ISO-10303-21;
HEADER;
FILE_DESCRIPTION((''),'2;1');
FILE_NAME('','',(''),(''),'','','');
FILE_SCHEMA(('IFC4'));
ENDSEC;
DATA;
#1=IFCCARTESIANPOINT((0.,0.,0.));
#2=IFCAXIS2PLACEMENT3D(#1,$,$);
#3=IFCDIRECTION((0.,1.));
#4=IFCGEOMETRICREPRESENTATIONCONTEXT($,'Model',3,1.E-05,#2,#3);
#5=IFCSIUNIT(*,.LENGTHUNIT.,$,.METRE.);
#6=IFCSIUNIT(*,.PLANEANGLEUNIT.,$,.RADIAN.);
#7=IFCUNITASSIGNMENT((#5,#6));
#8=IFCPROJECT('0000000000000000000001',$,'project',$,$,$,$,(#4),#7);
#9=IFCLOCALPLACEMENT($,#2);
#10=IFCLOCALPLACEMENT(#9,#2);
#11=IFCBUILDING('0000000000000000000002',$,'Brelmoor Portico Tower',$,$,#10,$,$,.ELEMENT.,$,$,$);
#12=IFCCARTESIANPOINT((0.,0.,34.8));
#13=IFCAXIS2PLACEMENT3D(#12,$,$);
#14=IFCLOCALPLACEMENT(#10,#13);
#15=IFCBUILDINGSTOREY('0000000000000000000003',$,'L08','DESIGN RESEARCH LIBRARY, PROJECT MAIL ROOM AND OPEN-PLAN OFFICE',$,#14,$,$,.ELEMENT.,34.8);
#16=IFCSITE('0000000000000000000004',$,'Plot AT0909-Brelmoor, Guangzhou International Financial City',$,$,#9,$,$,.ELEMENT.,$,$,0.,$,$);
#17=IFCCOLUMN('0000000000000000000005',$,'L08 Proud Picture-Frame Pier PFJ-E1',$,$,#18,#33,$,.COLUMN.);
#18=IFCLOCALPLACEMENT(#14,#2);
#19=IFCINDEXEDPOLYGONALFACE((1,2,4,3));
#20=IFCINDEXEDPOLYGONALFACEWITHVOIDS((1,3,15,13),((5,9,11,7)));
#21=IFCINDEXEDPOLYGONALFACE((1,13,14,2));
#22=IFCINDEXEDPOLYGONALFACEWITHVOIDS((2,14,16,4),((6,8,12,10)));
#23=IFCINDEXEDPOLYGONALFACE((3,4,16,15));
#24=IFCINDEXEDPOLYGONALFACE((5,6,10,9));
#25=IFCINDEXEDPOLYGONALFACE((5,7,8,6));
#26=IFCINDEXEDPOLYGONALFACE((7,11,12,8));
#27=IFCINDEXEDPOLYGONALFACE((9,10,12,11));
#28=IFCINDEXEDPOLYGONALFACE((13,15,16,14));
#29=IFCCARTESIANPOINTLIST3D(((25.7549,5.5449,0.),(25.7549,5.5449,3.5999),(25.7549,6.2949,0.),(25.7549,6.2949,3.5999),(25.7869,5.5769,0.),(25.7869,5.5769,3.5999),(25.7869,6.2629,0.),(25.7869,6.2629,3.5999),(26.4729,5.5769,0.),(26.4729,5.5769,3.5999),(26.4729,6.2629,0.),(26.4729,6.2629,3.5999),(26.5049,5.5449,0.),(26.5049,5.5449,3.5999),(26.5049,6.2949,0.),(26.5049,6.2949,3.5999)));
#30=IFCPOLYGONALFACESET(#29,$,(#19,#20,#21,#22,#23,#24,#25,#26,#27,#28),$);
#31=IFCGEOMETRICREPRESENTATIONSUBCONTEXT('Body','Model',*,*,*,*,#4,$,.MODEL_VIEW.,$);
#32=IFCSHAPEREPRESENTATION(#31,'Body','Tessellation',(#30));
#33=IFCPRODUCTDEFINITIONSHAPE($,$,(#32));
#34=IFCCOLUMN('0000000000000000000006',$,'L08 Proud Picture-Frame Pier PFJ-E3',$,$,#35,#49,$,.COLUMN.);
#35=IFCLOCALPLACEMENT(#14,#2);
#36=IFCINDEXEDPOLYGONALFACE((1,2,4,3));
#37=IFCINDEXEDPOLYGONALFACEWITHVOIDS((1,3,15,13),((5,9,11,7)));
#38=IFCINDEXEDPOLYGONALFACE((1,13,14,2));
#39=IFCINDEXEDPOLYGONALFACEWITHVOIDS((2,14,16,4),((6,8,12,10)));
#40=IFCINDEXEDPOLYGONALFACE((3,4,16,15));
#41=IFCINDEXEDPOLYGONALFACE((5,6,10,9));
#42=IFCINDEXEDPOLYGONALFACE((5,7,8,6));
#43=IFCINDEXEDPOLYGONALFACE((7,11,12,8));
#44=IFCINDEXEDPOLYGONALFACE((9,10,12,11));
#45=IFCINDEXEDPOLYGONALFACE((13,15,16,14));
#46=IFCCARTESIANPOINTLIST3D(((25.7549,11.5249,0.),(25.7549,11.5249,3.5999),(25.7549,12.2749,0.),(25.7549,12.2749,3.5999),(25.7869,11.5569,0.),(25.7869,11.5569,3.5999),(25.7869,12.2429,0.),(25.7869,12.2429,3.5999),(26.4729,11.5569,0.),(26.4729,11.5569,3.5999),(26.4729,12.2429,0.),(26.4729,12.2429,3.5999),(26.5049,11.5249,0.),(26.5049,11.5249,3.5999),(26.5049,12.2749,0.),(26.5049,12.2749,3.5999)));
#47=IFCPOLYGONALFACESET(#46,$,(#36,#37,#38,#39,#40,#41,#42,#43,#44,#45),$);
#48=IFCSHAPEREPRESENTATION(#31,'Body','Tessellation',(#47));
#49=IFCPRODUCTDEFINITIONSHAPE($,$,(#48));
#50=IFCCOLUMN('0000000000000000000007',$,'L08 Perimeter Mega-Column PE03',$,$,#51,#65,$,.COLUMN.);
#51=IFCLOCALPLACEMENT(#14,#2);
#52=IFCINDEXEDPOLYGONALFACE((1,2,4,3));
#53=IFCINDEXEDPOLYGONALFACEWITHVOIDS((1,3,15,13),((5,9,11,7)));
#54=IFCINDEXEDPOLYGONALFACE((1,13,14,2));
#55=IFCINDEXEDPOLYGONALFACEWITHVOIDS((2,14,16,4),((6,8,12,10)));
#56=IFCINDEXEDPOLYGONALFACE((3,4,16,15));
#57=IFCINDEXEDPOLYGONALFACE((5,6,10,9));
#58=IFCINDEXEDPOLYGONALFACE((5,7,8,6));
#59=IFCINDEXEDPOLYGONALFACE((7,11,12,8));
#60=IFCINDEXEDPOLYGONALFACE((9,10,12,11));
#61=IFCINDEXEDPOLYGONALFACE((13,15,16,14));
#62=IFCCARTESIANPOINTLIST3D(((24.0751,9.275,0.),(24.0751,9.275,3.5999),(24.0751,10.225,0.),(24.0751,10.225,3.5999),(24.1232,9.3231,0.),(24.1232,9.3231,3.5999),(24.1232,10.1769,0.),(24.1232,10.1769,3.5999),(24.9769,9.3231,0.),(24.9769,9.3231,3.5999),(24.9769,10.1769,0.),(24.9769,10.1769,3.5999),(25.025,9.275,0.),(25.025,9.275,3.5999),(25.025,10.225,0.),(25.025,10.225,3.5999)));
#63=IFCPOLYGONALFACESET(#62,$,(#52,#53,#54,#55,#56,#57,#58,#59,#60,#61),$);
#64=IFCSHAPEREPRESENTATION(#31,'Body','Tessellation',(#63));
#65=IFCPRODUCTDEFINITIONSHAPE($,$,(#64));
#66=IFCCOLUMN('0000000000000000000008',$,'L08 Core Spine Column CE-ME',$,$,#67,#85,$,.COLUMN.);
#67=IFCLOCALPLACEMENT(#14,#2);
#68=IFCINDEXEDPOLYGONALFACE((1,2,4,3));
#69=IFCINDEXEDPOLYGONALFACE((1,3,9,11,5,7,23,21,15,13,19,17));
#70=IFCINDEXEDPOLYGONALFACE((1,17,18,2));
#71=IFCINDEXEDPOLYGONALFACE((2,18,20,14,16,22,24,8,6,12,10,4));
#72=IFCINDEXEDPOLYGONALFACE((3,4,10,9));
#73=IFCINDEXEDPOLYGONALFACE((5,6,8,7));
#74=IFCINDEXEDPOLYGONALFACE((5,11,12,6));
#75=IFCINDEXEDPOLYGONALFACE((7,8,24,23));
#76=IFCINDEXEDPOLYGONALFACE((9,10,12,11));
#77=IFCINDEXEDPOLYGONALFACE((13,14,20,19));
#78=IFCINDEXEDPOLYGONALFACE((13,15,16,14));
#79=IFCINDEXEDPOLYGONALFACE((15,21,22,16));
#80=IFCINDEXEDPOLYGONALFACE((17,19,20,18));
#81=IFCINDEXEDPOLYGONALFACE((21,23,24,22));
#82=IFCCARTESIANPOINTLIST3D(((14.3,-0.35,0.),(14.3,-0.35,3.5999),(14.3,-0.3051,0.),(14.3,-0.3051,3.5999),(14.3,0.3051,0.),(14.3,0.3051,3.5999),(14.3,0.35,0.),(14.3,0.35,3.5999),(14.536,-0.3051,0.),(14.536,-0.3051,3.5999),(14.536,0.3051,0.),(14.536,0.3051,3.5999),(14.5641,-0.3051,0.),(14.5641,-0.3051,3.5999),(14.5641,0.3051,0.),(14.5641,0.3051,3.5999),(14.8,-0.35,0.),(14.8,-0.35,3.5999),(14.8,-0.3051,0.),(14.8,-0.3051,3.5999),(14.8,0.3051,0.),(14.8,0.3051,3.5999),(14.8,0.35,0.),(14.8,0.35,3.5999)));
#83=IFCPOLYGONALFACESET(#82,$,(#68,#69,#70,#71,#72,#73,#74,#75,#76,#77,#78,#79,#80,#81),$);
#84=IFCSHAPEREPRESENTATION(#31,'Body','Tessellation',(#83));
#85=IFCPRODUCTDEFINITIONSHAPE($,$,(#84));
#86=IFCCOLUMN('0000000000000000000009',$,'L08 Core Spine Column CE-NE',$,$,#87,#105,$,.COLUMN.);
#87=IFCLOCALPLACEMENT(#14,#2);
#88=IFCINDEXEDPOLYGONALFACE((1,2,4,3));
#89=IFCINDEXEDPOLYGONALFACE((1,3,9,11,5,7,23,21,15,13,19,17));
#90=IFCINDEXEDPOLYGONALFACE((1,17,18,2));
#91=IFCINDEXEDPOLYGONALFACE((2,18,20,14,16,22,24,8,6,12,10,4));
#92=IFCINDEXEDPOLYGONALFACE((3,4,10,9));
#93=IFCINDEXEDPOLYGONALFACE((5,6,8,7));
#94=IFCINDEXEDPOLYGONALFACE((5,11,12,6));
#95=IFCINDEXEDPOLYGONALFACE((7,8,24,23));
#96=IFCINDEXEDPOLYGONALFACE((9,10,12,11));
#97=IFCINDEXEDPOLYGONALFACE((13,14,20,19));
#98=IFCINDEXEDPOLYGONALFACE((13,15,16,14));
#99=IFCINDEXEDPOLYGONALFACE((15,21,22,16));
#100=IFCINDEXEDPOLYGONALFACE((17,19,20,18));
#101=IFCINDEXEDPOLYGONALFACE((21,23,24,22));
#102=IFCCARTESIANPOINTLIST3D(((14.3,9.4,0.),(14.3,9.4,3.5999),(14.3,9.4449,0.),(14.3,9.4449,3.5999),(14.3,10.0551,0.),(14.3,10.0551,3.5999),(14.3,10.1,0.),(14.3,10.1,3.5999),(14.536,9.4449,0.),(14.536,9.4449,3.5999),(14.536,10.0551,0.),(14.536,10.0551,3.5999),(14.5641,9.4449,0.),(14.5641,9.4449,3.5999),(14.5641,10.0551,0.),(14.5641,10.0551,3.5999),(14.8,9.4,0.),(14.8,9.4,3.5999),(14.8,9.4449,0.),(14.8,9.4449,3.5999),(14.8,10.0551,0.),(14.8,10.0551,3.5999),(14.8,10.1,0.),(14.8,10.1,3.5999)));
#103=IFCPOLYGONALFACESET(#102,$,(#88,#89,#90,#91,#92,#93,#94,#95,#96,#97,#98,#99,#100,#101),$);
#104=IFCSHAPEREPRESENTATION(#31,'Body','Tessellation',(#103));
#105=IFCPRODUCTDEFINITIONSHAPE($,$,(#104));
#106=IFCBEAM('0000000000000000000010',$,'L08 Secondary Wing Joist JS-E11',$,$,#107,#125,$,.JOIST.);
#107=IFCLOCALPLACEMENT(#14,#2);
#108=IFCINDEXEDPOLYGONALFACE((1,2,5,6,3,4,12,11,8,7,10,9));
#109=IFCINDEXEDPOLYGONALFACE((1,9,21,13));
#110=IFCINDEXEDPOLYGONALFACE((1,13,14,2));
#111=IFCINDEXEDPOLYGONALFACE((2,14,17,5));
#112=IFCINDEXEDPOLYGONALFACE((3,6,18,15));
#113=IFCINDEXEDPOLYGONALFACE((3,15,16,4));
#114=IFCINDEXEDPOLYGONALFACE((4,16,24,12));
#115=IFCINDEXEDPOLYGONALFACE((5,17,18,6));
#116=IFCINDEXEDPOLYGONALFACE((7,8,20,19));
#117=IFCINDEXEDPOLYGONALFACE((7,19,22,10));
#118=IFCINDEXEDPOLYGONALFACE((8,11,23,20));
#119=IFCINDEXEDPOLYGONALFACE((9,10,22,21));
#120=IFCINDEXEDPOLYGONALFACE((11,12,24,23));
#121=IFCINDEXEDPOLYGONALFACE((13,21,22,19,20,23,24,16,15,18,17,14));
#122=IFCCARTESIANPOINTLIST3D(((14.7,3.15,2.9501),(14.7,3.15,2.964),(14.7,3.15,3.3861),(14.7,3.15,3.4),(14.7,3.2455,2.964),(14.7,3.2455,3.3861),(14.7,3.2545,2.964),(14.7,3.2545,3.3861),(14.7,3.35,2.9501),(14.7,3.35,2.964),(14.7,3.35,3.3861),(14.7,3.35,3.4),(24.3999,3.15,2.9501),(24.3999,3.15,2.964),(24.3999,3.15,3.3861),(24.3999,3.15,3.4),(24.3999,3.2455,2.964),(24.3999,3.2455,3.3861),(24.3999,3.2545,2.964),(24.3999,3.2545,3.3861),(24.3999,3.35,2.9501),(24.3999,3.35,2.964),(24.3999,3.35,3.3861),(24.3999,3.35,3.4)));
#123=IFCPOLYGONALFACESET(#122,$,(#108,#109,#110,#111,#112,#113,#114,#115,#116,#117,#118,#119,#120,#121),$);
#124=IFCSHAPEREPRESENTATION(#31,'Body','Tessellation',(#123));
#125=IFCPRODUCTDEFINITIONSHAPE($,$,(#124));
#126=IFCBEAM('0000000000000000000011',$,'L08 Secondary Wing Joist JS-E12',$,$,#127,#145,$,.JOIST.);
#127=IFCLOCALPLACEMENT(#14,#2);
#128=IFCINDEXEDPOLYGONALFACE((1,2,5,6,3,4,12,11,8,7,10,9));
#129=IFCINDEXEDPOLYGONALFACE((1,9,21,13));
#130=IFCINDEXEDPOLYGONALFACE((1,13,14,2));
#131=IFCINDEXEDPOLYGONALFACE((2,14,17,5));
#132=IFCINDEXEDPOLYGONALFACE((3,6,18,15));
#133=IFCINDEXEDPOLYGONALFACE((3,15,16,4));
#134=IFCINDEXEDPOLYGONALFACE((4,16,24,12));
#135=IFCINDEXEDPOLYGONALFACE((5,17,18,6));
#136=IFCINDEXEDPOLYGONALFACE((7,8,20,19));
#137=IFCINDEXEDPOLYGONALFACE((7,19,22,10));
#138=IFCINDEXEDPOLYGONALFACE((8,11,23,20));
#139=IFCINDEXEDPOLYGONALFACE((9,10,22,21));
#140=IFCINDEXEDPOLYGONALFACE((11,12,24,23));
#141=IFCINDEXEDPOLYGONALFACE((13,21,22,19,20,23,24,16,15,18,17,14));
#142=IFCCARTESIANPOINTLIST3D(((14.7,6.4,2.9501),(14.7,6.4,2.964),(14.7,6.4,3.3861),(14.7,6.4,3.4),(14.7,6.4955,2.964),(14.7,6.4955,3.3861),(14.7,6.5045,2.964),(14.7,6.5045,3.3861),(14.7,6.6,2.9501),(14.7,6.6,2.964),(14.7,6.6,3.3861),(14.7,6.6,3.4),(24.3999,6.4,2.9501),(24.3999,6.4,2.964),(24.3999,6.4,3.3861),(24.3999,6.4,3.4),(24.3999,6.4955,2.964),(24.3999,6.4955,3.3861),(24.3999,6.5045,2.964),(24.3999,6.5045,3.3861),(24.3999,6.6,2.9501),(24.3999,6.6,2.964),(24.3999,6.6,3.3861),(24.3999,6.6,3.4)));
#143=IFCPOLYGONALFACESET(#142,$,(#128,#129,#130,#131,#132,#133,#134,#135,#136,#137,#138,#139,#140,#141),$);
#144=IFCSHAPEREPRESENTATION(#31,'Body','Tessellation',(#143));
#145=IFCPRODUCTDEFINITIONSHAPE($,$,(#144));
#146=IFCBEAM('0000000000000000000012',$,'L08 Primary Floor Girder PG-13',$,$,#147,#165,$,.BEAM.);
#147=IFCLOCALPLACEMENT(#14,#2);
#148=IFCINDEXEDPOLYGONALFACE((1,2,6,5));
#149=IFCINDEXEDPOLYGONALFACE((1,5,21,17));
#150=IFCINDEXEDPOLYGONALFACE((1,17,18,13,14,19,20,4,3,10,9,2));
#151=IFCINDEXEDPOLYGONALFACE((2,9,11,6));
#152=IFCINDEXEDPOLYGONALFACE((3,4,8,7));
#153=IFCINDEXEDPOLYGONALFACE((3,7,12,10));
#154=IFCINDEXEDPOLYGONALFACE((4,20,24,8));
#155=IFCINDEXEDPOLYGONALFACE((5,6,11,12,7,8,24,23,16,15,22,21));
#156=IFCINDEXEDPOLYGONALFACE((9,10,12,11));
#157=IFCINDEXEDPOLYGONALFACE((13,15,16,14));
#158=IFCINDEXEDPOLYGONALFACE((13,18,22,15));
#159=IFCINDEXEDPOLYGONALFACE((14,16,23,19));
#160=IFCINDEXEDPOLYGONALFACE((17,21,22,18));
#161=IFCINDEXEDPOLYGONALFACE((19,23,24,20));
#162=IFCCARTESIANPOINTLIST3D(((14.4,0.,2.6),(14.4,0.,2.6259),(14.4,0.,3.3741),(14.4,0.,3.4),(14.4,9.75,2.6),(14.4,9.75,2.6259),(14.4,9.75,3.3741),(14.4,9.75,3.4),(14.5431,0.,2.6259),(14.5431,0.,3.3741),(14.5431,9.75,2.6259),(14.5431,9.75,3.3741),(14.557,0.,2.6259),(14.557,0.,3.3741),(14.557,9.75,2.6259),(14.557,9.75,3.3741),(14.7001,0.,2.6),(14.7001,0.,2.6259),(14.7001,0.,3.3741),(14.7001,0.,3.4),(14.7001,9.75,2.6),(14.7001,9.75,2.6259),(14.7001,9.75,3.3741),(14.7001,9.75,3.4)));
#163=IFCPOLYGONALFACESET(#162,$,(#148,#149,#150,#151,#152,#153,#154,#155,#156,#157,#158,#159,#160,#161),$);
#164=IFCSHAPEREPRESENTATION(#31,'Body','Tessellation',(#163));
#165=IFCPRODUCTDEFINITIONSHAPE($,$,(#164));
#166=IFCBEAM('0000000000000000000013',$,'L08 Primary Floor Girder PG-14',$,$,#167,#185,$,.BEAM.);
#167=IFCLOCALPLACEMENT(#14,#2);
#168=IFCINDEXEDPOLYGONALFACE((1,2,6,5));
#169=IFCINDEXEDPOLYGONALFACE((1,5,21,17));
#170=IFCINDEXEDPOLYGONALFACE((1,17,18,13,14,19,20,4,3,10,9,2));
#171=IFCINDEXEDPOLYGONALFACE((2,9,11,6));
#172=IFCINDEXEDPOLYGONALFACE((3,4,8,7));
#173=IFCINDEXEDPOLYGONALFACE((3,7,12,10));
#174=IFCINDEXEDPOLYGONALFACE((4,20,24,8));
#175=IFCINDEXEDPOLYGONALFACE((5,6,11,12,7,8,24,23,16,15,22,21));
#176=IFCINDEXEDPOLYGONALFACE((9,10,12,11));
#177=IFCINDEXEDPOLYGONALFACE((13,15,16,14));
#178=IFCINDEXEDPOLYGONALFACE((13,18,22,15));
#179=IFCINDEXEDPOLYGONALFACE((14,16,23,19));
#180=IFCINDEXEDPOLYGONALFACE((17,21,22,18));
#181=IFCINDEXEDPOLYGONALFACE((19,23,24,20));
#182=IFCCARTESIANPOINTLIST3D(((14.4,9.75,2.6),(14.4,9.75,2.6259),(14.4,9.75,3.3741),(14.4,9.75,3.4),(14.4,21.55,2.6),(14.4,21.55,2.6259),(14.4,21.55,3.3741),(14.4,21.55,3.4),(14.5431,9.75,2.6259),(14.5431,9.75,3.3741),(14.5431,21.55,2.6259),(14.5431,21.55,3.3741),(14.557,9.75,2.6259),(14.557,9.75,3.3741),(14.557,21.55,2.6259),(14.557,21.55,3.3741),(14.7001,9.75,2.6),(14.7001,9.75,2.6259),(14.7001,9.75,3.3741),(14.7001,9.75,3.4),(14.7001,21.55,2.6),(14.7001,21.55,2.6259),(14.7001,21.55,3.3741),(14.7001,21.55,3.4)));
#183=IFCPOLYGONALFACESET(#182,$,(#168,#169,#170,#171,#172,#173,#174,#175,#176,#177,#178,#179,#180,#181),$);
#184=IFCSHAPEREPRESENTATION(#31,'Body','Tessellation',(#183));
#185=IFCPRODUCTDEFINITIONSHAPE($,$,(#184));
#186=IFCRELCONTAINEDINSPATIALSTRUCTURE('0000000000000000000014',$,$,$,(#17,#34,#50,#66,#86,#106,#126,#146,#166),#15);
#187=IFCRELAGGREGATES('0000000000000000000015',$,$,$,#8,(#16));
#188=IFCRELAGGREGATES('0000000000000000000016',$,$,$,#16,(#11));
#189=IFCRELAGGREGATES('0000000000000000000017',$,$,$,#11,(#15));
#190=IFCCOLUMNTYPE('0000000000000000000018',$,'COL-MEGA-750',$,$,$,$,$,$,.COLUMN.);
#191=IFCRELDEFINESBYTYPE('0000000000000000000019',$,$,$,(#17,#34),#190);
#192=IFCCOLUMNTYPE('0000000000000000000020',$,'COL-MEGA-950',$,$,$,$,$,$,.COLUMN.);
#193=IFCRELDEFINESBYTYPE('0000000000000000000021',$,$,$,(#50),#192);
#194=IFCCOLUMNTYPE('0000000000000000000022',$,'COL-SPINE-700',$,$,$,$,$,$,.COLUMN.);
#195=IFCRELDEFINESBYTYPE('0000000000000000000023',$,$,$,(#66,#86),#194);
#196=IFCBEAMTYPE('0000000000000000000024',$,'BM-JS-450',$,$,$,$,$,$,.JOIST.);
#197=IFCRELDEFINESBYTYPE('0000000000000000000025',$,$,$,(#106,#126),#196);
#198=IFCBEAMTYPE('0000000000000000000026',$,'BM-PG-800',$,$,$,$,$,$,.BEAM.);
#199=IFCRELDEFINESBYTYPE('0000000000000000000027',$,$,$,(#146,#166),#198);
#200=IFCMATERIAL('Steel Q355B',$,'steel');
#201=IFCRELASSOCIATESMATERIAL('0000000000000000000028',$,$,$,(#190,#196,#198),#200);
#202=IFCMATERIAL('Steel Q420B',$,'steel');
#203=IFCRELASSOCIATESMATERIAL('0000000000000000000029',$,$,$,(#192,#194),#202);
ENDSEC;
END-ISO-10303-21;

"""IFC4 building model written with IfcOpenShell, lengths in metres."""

from ifc_helpers import new_model, si_unit, direction, frame, origin, origin_2d, place, context, subcontext, project, spatial, hollow_rectangle, i_section, extrude, material, material_profile, profile_set, type_object, element, save


model = new_model("IFC4")

# Units and contexts
model_context = context("Model", 3, precision=1e-05, world=origin(), true_north=direction((0.0, 1.0)))
body_context = subcontext(model_context, "Body", "Model", "MODEL_VIEW")
ifc_project = project(units=[si_unit("LENGTHUNIT", "METRE"), si_unit("PLANEANGLEUNIT", "RADIAN")], contexts=[model_context])

# Site, building, storey
site_placement = place(None, origin())
site = spatial("IfcSite", under=ifc_project, at=site_placement, Name="Plot AT0909-Brelmoor, Guangzhou International Financial City", CompositionType="ELEMENT", RefElevation=0.0)
building_placement = place(site_placement, origin())
building = spatial("IfcBuilding", under=site, at=building_placement, Name="Brelmoor Portico Tower", CompositionType="ELEMENT")
storey_placement = place(building_placement, frame((0.0, 0.0, 34.8)))
storey = spatial("IfcBuildingStorey", under=building, at=storey_placement, Name="L08", Description="DESIGN RESEARCH LIBRARY, PROJECT MAIL ROOM AND OPEN-PLAN OFFICE", CompositionType="ELEMENT", Elevation=34.8)

# Columns
ifc_material_1 = material(Name="Steel Q355B", Category="steel")
ifc_material_profile_1 = material_profile(ifc_material_1, hollow_rectangle(XDim=0.75, YDim=0.75, WallThickness=0.032, at=origin_2d()), Name="BOX 750x750x32")
ifc_profile_set_1 = profile_set([ifc_material_profile_1], Name="Steel Q355B")
column_type_1 = type_object("IfcColumnType", Name="COL-MEGA-750", PredefinedType="COLUMN", material=ifc_profile_set_1)
for number, where, z_axis, x_axis, name in (
    (1, (26.1299, 5.9199, 0.0), (0.0, 0.0, 1.0), (0.0, 1.0, 0.0), "L08 Proud Picture-Frame Pier PFJ-E1"),
    (2, (26.1299, 11.8999, 0.0), (0.0, 0.0, 1.0), (0.0, 1.0, 0.0), "L08 Proud Picture-Frame Pier PFJ-E3"),
):
    element("IfcColumn", number, at=place(storey_placement, frame(where, z_axis=z_axis, x_axis=x_axis)), inside=storey, type_object=column_type_1, Name=name, PredefinedType="COLUMN", context=body_context, shape_type="SweptSolid", body=[
        extrude(hollow_rectangle(XDim=0.75, YDim=0.75, WallThickness=0.032, at=origin_2d()), origin(), (0.0, 0.0, 1.0), 3.5999),
    ])
ifc_material_2 = material(Name="Steel Q420B", Category="steel")
ifc_material_profile_2 = material_profile(ifc_material_2, hollow_rectangle(XDim=0.95, YDim=0.95, WallThickness=0.0481, at=origin_2d()), Name="BOX 950x950x48")
ifc_profile_set_2 = profile_set([ifc_material_profile_2], Name="Steel Q420B")
column_type_2 = type_object("IfcColumnType", Name="COL-MEGA-950", PredefinedType="COLUMN", material=ifc_profile_set_2)
column_placement = place(storey_placement, frame((24.55, 9.75, 0.0), z_axis=(0.0, 0.0, 1.0), x_axis=(0.0, 1.0, 0.0)))
element("IfcColumn", 3, at=column_placement, inside=storey, type_object=column_type_2, Name="L08 Perimeter Mega-Column PE03", PredefinedType="COLUMN", context=body_context, shape_type="SweptSolid", body=[
    extrude(hollow_rectangle(XDim=0.95, YDim=0.95, WallThickness=0.0481, at=origin_2d()), origin(), (0.0, 0.0, 1.0), 3.5999),
])
ifc_material_profile_3 = material_profile(ifc_material_2, i_section(OverallWidth=0.5, OverallDepth=0.7, WebThickness=0.0281, FlangeThickness=0.0449, at=origin_2d()), Name="HW 700x500x28x45")
ifc_profile_set_3 = profile_set([ifc_material_profile_3], Name="Steel Q420B")
column_type_3 = type_object("IfcColumnType", Name="COL-SPINE-700", PredefinedType="COLUMN", material=ifc_profile_set_3)
for number, where, z_axis, x_axis, name in (
    (4, (14.55, 0.0, 0.0), (0.0, 0.0, 1.0), (1.0, 0.0, 0.0), "L08 Core Spine Column CE-ME"),
    (5, (14.55, 9.75, 0.0), (0.0, 0.0, 1.0), (1.0, 0.0, 0.0), "L08 Core Spine Column CE-NE"),
):
    element("IfcColumn", number, at=place(storey_placement, frame(where, z_axis=z_axis, x_axis=x_axis)), inside=storey, type_object=column_type_3, Name=name, PredefinedType="COLUMN", context=body_context, shape_type="SweptSolid", body=[
        extrude(i_section(OverallWidth=0.5, OverallDepth=0.7, WebThickness=0.0281, FlangeThickness=0.0449, at=origin_2d()), origin(), (0.0, 0.0, 1.0), 3.5999),
    ])

# Beams
ifc_material_profile_4 = material_profile(ifc_material_1, i_section(OverallWidth=0.2, OverallDepth=0.45, WebThickness=0.009, FlangeThickness=0.0139, at=origin_2d()), Name="HN 450x200x9x14")
ifc_profile_set_4 = profile_set([ifc_material_profile_4], Name="Steel Q355B")
beam_type_1 = type_object("IfcBeamType", Name="BM-JS-450", PredefinedType="JOIST", material=ifc_profile_set_4)
for number, where, z_axis, x_axis, name in (
    (6, (14.7, 3.25, 3.175), (1.0, 0.0, 0.0), (0.0, 1.0, 0.0), "L08 Secondary Wing Joist JS-E11"),
    (7, (14.7, 6.5, 3.175), (1.0, 0.0, 0.0), (0.0, 1.0, 0.0), "L08 Secondary Wing Joist JS-E12"),
):
    element("IfcBeam", number, at=place(storey_placement, frame(where, z_axis=z_axis, x_axis=x_axis)), inside=storey, type_object=beam_type_1, Name=name, PredefinedType="JOIST", context=body_context, shape_type="SweptSolid", body=[
        extrude(i_section(OverallWidth=0.2, OverallDepth=0.45, WebThickness=0.009, FlangeThickness=0.0139, at=origin_2d()), origin(), (0.0, 0.0, 1.0), 9.7),
    ])
ifc_material_profile_5 = material_profile(ifc_material_1, i_section(OverallWidth=0.3, OverallDepth=0.8, WebThickness=0.0139, FlangeThickness=0.0259, at=origin_2d()), Name="HN 800x300x14x26")
ifc_profile_set_5 = profile_set([ifc_material_profile_5], Name="Steel Q355B")
beam_type_2 = type_object("IfcBeamType", Name="BM-PG-800", PredefinedType="BEAM", material=ifc_profile_set_5)
beam_1_placement = place(storey_placement, frame((14.55, 0.0, 3.0), z_axis=(0.0, 1.0, 0.0), x_axis=(-1.0, 0.0, 0.0)))
element("IfcBeam", 8, at=beam_1_placement, inside=storey, type_object=beam_type_2, Name="L08 Primary Floor Girder PG-13", PredefinedType="BEAM", context=body_context, shape_type="SweptSolid", body=[
    extrude(i_section(OverallWidth=0.3, OverallDepth=0.8, WebThickness=0.0139, FlangeThickness=0.0259, at=origin_2d()), origin(), (0.0, 0.0, 1.0), 9.75),
])
beam_2_placement = place(storey_placement, frame((14.55, 9.75, 3.0), z_axis=(0.0, 1.0, 0.0), x_axis=(-1.0, 0.0, 0.0)))
element("IfcBeam", 9, at=beam_2_placement, inside=storey, type_object=beam_type_2, Name="L08 Primary Floor Girder PG-14", PredefinedType="BEAM", context=body_context, shape_type="SweptSolid", body=[
    extrude(i_section(OverallWidth=0.3, OverallDepth=0.8, WebThickness=0.0139, FlangeThickness=0.0259, at=origin_2d()), origin(), (0.0, 0.0, 1.0), 11.8),
])

save(model, "model.ifc")
